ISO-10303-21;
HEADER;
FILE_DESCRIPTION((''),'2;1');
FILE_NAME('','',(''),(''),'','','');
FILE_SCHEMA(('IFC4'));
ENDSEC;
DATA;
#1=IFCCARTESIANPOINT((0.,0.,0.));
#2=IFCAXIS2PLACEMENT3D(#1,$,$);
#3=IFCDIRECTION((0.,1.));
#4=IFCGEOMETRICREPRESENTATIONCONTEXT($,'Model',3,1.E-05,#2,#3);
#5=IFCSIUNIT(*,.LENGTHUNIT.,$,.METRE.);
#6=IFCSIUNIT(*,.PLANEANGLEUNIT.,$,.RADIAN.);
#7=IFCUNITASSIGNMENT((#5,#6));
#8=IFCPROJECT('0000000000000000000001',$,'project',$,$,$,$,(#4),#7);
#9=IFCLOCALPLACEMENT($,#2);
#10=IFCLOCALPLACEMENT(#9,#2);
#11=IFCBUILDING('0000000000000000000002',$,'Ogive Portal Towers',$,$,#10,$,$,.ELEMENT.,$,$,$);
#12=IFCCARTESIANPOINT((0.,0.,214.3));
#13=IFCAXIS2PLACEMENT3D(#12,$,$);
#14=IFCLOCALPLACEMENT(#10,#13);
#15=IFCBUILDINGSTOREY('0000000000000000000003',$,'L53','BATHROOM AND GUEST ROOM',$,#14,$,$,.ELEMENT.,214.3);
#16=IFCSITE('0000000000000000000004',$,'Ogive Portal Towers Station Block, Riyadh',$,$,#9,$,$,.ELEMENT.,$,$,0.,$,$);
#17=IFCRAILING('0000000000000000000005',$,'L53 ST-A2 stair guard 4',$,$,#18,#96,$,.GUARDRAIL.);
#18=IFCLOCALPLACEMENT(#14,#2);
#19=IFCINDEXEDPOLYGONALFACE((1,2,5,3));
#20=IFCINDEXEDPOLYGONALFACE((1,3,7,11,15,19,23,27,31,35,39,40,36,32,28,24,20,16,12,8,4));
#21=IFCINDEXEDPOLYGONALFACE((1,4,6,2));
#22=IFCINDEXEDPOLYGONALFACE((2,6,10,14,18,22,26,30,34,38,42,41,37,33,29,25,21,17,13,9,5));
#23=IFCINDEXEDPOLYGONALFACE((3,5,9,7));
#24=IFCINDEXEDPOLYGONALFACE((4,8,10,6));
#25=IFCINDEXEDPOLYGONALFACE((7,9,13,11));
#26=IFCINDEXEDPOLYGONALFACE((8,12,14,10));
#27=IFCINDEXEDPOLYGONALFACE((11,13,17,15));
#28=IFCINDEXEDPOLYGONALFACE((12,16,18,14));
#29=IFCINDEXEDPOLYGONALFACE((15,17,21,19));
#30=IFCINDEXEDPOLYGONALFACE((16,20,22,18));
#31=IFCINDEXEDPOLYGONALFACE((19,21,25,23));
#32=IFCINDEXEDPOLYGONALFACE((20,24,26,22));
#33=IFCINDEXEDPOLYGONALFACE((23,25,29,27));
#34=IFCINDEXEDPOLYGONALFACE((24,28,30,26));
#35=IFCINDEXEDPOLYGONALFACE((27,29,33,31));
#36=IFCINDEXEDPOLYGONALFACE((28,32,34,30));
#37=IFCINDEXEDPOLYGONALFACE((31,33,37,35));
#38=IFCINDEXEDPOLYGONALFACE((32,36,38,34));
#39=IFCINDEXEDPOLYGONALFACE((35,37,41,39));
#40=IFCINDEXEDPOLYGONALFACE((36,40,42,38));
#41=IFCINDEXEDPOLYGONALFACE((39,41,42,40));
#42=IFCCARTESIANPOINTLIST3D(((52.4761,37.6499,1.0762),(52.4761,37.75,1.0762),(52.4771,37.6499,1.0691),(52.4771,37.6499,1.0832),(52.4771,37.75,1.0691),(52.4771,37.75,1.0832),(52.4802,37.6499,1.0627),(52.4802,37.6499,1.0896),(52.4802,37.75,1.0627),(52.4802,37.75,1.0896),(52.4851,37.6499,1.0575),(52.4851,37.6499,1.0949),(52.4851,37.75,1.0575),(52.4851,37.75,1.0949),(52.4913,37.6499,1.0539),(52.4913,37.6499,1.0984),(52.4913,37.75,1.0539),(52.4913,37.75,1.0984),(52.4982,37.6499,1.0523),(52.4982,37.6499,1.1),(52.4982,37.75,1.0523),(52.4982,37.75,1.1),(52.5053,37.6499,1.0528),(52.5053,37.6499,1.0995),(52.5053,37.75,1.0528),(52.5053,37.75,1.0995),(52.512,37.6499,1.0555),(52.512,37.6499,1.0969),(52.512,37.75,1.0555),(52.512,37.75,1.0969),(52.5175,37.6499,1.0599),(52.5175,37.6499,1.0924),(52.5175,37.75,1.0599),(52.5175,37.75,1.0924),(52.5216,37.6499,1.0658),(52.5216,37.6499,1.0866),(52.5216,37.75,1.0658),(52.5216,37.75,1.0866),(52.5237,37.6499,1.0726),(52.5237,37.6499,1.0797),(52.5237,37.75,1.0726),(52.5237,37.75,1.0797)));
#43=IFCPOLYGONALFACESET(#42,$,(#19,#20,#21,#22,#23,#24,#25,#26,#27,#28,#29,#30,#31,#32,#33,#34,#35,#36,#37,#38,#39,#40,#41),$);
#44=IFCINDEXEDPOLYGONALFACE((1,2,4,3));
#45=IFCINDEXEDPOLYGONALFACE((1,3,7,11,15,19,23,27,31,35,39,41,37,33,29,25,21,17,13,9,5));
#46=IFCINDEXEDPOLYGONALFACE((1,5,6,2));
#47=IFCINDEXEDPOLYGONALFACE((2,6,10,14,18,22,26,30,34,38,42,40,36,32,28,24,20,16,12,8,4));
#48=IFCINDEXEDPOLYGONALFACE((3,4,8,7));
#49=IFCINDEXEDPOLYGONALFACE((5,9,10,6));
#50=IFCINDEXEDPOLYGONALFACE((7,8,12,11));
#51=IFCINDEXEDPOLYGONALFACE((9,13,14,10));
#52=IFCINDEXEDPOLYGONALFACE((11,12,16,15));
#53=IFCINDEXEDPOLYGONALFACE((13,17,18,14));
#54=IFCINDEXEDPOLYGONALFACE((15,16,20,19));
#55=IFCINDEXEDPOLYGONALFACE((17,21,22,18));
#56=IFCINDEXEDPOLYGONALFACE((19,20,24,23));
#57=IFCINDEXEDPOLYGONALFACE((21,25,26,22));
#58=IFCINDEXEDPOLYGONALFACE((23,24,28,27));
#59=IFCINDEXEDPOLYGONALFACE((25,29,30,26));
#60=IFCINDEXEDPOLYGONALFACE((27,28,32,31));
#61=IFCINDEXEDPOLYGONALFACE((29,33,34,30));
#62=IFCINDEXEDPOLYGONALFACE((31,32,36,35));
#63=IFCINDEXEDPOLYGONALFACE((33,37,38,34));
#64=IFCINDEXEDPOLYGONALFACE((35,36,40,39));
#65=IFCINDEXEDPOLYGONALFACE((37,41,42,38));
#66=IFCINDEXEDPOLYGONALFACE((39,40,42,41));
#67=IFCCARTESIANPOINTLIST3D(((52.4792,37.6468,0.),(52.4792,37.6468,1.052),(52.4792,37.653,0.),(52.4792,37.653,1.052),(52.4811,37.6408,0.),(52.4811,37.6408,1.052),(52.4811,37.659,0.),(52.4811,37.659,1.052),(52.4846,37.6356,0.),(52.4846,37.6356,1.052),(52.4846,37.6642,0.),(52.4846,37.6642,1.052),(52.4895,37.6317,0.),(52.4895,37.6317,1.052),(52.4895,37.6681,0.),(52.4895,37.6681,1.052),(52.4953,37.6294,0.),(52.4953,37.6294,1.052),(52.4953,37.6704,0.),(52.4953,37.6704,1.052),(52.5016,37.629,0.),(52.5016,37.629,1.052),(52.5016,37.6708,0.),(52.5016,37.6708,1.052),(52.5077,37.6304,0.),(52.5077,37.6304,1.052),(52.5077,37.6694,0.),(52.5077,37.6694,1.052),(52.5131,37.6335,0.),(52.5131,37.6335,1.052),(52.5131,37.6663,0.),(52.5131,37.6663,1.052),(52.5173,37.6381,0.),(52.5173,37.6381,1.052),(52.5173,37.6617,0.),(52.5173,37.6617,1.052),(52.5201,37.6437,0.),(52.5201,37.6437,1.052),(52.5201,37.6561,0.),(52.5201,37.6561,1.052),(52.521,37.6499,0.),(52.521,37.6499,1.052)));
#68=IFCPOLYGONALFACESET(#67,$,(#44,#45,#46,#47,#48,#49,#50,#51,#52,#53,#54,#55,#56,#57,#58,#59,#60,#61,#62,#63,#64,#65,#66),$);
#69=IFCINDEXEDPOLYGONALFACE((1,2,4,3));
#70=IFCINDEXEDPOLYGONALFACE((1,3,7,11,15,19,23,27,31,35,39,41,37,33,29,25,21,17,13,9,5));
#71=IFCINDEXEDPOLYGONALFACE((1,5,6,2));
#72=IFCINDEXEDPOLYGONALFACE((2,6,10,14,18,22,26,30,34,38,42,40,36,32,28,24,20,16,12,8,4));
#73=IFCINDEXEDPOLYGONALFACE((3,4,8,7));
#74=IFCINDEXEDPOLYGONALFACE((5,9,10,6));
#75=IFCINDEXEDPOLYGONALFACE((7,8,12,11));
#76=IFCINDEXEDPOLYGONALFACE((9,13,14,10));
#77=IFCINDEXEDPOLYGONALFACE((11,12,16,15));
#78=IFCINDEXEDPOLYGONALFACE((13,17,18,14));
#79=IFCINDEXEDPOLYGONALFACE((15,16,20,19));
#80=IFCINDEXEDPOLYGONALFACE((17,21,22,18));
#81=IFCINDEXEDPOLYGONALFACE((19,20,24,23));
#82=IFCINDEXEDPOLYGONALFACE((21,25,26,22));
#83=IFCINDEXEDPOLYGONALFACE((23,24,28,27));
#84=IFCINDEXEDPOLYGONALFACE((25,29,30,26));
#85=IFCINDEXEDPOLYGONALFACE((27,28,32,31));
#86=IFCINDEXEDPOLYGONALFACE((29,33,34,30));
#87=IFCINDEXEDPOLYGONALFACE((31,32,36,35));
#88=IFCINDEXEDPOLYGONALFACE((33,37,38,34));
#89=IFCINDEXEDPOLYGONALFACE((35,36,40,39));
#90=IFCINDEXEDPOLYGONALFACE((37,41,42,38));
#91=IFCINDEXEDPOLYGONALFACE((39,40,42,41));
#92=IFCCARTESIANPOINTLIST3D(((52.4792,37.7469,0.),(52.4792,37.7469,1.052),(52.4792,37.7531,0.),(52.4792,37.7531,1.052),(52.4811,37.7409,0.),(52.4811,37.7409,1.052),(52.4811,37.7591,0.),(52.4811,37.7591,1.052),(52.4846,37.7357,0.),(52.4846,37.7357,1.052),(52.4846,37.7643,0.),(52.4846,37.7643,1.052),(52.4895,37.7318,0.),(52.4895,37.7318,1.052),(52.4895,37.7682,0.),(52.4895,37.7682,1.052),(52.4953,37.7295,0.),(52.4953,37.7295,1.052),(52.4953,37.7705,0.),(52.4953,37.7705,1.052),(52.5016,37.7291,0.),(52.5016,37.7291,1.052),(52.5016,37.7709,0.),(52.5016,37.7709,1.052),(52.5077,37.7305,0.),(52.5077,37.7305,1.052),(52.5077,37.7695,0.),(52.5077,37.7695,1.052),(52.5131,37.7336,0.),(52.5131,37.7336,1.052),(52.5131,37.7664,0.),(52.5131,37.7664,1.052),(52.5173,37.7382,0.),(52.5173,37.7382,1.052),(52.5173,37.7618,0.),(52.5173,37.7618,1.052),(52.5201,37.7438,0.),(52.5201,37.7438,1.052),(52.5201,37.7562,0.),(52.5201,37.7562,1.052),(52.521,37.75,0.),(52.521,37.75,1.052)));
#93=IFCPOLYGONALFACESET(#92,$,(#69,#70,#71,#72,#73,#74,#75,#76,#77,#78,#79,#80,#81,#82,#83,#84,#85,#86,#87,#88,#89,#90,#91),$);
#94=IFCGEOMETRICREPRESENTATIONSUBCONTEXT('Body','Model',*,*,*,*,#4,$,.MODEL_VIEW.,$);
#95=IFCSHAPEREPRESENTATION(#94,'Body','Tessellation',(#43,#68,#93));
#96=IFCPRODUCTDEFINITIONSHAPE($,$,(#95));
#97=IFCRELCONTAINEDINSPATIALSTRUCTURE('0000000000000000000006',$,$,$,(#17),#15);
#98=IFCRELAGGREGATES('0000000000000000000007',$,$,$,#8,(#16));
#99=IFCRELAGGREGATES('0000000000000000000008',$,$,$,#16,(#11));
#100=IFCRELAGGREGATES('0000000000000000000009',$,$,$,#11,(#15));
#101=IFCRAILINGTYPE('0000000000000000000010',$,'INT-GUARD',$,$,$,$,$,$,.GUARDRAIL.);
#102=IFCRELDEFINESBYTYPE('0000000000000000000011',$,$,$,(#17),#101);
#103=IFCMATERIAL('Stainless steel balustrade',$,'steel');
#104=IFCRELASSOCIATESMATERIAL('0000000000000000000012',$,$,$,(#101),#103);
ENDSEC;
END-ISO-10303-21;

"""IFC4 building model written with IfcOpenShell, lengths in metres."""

from ifc_helpers import new_model, si_unit, direction, frame, origin, origin_2d, place, context, subcontext, project, spatial, circle, extrude, material, type_object, element, save


model = new_model("IFC4")

# Units and contexts
model_context = context("Model", 3, precision=1e-05, world=origin(), true_north=direction((0.0, 1.0)))
body_context = subcontext(model_context, "Body", "Model", "MODEL_VIEW")
ifc_project = project(units=[si_unit("LENGTHUNIT", "METRE"), si_unit("PLANEANGLEUNIT", "RADIAN")], contexts=[model_context])

# Site, building, storey
site_placement = place(None, origin())
site = spatial("IfcSite", under=ifc_project, at=site_placement, Name="Ogive Portal Towers Station Block, Riyadh", CompositionType="ELEMENT", RefElevation=0.0)
building_placement = place(site_placement, origin())
building = spatial("IfcBuilding", under=site, at=building_placement, Name="Ogive Portal Towers", CompositionType="ELEMENT")
storey_placement = place(building_placement, frame((0.0, 0.0, 214.3)))
storey = spatial("IfcBuildingStorey", under=building, at=storey_placement, Name="L53", Description="BATHROOM AND GUEST ROOM", CompositionType="ELEMENT", Elevation=214.3)

# Railing
ifc_material_1 = material(Name="Stainless steel balustrade", Category="steel")
railing_type_1 = type_object("IfcRailingType", Name="INT-GUARD", PredefinedType="GUARDRAIL", material=ifc_material_1)
railing_1_placement = place(storey_placement, frame((52.5, 37.6499, 0.0)))
element("IfcRailing", 1, at=railing_1_placement, inside=storey, type_object=railing_type_1, Name="L53 ST-A2 stair guard 4", PredefinedType="GUARDRAIL", context=body_context, shape_type="SweptSolid", body=[
    extrude(circle(Radius=0.0239, at=origin_2d()), frame((0.0, 0.0, 1.0762), z_axis=(0.0, 1.0, 0.0), x_axis=(-1.0, 0.0, 0.0)), (0.0, 0.0, 1.0), 0.1001),
    extrude(circle(Radius=0.021, at=origin_2d()), origin(), (0.0, 0.0, 1.0), 1.052),
    extrude(circle(Radius=0.021, at=origin_2d()), frame((0.0, 0.1001, 0.0)), (0.0, 0.0, 1.0), 1.052),
])

save(model, "model.ifc")
